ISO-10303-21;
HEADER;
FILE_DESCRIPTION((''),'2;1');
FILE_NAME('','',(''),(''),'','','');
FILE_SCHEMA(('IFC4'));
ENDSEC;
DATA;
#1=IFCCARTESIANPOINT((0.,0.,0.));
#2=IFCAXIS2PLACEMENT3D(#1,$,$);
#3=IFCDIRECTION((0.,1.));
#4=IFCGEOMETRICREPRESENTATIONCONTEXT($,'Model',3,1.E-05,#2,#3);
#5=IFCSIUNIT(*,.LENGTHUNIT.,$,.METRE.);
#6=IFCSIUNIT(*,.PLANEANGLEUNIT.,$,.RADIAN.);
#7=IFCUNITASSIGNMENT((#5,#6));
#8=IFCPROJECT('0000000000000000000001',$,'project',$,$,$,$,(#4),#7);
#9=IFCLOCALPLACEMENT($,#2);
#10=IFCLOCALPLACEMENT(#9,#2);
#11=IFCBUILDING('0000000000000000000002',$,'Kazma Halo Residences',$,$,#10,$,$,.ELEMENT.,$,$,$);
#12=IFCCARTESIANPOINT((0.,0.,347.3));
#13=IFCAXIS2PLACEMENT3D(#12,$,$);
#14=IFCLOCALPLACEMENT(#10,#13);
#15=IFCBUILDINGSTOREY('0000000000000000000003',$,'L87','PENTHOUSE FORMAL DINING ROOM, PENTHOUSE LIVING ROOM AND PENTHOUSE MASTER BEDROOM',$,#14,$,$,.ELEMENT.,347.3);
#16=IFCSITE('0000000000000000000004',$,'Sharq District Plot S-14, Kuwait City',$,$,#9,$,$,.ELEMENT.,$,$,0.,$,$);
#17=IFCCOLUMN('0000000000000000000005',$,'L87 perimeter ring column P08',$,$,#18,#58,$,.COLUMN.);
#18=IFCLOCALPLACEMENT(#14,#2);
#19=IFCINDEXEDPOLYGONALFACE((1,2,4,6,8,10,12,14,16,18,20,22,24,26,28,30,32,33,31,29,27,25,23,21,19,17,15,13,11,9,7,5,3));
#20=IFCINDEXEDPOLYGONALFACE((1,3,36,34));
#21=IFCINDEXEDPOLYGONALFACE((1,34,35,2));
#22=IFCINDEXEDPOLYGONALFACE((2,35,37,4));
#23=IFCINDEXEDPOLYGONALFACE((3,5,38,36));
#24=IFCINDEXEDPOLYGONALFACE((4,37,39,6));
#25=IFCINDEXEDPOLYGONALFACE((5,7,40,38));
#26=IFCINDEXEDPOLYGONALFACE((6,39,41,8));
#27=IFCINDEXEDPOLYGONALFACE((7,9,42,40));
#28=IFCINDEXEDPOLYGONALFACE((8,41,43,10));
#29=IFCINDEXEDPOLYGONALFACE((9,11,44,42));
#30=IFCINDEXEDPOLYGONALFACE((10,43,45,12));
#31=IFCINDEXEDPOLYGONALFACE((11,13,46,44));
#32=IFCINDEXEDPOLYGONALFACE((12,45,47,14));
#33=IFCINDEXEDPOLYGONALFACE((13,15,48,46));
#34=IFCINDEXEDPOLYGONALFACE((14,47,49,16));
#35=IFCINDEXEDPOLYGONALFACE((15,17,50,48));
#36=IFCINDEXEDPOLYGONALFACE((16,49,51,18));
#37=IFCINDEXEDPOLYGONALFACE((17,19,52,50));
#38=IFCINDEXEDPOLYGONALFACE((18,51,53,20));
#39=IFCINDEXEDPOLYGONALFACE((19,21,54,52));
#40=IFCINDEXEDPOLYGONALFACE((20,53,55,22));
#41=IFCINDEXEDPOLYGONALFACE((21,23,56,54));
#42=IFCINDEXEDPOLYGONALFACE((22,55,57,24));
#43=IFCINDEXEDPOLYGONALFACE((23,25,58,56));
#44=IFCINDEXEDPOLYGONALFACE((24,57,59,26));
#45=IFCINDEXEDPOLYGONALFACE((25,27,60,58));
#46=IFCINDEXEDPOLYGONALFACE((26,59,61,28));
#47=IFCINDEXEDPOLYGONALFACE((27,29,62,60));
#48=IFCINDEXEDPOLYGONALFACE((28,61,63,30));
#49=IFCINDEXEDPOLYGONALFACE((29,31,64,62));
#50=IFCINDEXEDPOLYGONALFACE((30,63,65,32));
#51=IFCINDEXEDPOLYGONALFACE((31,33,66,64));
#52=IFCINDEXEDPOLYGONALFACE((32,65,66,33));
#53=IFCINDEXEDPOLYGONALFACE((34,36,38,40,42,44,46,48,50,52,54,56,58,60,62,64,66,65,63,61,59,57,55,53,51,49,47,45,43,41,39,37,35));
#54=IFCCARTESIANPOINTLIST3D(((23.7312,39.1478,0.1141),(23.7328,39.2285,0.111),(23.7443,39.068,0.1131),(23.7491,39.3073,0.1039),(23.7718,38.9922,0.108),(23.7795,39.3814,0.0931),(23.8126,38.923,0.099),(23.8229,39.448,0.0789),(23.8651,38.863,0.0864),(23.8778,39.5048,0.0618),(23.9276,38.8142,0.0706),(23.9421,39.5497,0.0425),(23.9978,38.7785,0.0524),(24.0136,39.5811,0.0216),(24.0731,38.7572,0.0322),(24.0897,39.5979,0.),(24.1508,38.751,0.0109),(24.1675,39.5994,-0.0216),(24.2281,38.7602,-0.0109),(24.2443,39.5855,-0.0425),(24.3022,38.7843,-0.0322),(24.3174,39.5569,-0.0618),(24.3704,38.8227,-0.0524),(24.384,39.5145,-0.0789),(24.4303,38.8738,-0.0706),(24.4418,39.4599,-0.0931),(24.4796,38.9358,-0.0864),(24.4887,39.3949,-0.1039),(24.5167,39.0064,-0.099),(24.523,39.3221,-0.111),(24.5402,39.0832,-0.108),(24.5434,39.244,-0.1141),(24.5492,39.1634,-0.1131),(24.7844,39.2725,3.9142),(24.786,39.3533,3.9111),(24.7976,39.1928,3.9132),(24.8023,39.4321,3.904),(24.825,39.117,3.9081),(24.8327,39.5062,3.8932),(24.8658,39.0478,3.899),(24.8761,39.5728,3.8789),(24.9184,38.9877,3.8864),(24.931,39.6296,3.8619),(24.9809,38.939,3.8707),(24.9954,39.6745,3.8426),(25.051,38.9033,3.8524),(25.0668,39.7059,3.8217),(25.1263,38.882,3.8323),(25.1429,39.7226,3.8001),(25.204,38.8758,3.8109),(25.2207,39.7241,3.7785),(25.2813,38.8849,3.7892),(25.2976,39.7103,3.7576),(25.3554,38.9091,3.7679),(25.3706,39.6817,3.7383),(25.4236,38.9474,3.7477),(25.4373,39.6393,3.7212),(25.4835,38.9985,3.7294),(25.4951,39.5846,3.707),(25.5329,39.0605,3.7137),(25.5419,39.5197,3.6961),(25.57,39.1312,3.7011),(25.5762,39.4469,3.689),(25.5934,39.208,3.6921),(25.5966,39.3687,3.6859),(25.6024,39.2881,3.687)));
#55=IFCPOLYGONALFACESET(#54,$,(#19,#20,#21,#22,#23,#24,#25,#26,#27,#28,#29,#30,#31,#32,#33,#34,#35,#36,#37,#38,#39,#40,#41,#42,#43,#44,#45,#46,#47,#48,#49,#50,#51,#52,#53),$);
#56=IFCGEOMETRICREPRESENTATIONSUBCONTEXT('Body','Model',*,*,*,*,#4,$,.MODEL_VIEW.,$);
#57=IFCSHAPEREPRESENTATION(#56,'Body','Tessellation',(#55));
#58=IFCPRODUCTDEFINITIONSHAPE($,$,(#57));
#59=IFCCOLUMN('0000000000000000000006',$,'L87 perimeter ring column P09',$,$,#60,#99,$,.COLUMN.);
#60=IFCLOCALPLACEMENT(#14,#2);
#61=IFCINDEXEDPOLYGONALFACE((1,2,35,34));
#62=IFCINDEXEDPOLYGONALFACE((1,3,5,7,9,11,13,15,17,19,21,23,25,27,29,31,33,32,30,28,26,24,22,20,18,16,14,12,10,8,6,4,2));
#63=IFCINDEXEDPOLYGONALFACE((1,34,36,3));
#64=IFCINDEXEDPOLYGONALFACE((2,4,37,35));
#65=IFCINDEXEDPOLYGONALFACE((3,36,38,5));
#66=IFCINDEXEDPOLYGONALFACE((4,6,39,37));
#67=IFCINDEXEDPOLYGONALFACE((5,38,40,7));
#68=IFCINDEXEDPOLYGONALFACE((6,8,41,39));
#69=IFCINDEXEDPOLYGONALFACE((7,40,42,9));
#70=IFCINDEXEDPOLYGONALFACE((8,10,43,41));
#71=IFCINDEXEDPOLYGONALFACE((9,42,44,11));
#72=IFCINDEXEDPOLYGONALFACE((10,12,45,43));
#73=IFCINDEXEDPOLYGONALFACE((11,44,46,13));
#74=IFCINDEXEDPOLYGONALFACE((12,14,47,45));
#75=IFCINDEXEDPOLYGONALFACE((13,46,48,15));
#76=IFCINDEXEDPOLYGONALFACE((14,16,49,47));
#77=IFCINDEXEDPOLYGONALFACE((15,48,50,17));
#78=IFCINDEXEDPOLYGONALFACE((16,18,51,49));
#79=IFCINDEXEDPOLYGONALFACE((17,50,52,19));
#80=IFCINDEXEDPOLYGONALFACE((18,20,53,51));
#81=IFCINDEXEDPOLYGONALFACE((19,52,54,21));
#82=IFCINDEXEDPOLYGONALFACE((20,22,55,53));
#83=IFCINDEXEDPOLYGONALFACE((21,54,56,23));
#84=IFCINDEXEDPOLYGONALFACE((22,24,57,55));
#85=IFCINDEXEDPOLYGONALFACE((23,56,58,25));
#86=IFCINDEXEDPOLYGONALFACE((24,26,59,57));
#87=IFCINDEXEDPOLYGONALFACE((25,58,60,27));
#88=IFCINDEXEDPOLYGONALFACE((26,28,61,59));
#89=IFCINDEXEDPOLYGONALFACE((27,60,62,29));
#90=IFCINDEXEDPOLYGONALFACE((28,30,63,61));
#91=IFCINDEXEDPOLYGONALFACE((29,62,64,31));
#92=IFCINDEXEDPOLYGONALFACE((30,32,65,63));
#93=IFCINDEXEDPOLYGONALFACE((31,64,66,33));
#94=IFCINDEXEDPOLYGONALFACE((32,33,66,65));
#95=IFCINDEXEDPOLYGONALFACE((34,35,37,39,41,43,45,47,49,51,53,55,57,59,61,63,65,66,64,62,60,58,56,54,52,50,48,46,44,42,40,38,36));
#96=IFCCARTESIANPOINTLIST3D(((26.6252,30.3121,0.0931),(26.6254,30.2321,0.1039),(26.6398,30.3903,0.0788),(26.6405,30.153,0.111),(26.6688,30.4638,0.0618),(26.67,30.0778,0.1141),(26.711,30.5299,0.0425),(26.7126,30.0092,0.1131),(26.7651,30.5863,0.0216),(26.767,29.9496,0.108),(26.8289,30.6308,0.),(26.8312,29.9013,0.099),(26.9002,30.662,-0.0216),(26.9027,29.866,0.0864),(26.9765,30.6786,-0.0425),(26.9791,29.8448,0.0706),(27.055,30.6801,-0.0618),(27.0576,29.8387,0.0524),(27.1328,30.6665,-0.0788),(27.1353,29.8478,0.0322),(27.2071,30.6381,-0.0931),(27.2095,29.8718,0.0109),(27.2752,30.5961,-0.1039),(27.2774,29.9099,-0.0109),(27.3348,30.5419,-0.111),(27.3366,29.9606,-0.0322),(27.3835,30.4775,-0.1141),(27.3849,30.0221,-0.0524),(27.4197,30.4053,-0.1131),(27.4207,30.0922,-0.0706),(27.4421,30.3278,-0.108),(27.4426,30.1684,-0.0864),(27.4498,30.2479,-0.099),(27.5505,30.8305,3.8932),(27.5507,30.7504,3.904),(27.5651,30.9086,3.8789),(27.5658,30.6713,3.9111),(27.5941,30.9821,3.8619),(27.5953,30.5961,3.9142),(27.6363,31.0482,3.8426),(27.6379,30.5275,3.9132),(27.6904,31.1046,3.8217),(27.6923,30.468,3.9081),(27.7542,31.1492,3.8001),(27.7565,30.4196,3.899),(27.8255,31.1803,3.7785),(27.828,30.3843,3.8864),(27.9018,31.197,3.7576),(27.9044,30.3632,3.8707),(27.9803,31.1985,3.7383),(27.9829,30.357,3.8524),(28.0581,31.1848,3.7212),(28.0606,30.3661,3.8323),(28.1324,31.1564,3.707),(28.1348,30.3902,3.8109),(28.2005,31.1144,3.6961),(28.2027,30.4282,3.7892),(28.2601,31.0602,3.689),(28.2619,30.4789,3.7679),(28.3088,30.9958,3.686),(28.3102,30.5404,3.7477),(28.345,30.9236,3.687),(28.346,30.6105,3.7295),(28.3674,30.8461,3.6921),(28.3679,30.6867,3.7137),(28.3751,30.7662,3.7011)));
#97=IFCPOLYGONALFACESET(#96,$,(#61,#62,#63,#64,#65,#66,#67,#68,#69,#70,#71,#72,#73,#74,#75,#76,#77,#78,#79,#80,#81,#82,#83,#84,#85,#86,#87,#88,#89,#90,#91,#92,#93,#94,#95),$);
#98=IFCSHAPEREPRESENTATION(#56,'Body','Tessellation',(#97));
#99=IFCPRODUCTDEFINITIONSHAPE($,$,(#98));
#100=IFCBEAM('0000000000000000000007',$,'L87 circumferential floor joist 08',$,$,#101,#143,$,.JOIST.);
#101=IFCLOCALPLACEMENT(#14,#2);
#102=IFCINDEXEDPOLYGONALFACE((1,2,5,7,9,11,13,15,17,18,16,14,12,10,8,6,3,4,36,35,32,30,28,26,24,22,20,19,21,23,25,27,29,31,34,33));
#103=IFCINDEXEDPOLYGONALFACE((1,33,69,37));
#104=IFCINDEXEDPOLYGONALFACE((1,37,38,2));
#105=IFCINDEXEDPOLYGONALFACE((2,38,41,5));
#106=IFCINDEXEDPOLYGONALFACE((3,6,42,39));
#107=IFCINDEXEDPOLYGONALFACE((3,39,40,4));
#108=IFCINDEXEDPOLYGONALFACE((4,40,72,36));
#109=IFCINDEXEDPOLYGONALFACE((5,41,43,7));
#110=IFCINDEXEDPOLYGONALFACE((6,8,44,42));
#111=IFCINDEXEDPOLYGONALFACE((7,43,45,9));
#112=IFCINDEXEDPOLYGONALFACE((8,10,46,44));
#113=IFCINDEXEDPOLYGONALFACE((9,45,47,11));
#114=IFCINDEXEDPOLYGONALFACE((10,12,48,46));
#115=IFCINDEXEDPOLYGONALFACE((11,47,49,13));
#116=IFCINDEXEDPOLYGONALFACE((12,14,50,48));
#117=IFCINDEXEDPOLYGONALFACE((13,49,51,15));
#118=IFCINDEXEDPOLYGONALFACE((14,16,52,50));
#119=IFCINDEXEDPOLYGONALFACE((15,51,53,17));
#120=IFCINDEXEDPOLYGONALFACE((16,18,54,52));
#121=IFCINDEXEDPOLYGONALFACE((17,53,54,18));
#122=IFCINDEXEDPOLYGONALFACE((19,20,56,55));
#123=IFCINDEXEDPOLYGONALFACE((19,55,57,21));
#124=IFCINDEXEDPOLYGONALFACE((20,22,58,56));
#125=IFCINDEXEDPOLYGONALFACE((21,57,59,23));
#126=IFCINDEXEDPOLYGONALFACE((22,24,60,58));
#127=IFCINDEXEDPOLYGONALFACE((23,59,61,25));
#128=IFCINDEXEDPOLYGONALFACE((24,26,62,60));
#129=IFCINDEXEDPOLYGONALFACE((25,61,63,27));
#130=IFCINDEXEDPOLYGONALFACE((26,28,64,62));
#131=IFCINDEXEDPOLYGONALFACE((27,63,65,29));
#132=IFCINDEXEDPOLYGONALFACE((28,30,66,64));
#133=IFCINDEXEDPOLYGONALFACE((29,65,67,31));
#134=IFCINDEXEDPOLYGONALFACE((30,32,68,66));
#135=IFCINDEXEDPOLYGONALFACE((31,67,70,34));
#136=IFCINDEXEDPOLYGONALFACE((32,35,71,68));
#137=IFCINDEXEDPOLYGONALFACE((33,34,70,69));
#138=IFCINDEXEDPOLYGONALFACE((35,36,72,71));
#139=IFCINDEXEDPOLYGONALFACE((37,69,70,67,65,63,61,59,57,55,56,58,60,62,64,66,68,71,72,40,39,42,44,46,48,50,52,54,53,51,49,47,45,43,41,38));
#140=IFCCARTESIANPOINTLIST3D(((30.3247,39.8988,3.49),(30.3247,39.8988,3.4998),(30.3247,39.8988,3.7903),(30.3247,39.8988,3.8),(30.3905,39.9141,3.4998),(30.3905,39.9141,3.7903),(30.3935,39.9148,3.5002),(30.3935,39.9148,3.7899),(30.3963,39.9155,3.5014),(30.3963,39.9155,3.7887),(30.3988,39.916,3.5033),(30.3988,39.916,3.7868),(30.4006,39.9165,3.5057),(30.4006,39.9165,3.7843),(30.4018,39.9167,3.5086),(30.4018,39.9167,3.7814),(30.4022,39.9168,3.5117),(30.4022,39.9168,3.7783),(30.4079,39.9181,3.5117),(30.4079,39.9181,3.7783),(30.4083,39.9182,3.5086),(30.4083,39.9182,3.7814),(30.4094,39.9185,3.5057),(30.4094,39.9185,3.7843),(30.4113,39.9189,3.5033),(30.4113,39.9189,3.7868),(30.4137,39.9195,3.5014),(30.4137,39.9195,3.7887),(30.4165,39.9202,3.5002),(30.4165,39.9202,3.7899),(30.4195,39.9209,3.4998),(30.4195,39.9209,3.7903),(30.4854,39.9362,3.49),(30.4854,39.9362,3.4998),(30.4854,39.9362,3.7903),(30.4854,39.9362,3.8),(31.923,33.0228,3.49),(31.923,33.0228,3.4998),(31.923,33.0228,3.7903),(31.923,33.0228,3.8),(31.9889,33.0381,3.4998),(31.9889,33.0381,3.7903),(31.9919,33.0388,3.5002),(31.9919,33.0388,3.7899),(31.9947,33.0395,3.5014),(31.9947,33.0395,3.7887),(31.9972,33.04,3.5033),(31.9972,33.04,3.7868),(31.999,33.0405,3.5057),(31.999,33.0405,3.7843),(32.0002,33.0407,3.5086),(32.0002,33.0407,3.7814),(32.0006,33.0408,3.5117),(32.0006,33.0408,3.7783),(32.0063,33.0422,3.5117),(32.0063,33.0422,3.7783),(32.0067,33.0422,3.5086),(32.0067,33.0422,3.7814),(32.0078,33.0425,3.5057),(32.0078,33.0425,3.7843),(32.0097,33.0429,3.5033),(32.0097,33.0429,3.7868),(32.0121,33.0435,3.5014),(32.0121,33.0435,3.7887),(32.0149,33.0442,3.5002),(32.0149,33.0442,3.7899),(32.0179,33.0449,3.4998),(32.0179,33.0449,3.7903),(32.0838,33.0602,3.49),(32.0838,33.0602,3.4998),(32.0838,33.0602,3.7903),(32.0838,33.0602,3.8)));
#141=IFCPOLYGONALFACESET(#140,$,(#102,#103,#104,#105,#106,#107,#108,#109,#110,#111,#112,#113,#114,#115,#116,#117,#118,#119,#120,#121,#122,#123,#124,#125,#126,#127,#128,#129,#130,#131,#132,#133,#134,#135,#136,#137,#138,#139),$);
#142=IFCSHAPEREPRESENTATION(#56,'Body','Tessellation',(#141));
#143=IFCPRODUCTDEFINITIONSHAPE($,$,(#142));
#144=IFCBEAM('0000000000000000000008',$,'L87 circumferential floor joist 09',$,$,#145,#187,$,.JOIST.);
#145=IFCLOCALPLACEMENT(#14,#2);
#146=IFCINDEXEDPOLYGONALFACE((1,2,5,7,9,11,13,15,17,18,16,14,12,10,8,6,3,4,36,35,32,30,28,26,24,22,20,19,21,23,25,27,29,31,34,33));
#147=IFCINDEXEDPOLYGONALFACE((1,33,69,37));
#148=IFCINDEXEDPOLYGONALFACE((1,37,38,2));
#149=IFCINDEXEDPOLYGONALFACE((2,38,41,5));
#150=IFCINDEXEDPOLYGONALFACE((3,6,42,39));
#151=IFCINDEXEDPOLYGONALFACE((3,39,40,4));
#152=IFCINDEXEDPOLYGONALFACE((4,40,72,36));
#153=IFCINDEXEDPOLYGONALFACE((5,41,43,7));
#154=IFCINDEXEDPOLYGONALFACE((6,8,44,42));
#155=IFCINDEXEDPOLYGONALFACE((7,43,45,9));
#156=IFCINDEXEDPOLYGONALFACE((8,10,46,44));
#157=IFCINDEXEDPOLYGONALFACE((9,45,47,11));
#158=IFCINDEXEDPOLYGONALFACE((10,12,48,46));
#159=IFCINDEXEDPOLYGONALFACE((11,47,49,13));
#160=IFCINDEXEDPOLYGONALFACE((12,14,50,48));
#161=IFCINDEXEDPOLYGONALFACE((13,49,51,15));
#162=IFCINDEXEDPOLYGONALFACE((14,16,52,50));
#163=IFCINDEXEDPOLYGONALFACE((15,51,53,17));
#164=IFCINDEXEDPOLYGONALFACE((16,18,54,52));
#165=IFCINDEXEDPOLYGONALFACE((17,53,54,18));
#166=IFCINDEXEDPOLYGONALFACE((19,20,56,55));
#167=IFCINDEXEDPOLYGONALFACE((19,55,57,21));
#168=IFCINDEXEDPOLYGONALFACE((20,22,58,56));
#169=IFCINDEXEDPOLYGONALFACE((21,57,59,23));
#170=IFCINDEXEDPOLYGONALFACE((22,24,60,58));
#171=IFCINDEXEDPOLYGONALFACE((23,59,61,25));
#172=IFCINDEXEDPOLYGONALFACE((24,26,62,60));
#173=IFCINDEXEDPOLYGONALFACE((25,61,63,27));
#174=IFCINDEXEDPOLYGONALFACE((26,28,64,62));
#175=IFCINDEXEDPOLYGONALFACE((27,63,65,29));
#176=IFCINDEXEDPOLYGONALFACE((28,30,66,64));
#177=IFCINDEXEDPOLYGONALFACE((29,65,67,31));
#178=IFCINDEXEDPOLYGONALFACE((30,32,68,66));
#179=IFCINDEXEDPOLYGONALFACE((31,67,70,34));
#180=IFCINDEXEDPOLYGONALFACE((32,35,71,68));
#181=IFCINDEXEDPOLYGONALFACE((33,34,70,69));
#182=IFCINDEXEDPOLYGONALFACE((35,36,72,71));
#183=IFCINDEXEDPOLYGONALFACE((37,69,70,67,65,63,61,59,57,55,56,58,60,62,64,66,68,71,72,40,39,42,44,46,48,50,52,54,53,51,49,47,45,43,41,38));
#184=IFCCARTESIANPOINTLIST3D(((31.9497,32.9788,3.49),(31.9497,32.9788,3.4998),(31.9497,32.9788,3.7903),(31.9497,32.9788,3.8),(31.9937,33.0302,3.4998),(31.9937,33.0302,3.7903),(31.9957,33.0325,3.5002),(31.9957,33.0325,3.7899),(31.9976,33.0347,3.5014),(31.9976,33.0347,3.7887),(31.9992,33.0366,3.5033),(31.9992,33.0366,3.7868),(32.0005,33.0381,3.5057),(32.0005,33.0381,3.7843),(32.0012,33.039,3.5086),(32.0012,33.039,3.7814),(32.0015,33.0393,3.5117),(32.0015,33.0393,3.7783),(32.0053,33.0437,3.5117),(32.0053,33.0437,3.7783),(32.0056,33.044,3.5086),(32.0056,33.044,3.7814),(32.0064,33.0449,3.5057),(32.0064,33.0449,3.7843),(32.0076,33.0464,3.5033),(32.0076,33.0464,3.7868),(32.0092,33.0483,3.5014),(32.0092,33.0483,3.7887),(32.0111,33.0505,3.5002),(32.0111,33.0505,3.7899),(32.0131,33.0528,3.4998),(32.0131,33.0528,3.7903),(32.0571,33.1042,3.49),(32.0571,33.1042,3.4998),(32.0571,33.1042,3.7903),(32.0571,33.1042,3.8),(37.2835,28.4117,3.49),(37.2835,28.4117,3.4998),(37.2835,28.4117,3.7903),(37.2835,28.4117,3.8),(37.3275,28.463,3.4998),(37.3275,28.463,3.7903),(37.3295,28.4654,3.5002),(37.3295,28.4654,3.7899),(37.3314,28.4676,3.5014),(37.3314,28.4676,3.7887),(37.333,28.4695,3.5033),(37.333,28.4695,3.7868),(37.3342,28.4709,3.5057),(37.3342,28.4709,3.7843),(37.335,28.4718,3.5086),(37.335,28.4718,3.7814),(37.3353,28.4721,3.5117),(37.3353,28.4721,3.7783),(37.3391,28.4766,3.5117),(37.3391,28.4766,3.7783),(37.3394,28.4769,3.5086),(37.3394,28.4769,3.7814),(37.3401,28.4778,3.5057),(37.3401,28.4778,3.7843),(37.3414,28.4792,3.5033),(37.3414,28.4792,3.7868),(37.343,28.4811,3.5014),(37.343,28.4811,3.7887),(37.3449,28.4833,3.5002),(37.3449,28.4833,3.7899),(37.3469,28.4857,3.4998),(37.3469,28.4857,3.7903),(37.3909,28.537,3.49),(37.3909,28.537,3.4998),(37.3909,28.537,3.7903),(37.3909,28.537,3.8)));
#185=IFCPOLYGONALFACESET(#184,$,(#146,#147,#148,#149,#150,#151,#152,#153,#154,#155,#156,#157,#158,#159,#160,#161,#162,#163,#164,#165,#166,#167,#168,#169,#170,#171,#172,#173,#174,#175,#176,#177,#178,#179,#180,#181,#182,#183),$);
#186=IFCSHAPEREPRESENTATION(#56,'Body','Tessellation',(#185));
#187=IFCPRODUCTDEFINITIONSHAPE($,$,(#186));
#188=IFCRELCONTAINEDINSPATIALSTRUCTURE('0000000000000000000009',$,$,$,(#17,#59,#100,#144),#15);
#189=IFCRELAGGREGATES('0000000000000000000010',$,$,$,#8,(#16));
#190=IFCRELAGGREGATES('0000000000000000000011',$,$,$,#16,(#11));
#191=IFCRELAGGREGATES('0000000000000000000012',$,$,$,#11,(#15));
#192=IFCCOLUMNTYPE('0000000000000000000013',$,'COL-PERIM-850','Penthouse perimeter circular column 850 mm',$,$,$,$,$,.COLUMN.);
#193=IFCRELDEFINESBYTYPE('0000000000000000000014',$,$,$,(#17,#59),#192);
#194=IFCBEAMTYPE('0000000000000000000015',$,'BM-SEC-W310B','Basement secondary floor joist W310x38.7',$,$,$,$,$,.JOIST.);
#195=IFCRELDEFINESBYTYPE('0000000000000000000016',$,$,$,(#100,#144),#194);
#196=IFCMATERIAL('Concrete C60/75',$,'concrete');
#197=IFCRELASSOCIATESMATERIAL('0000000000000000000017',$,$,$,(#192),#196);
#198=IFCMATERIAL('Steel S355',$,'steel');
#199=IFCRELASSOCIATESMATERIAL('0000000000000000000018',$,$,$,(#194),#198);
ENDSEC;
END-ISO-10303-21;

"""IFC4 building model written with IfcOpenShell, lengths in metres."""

from ifc_helpers import new_model, si_unit, direction, frame, origin, origin_2d, place, context, subcontext, project, spatial, circle, i_section, extrude, material, material_profile, profile_set, type_object, element, save


model = new_model("IFC4")

# Units and contexts
model_context = context("Model", 3, precision=1e-05, world=origin(), true_north=direction((0.0, 1.0)))
body_context = subcontext(model_context, "Body", "Model", "MODEL_VIEW")
ifc_project = project(units=[si_unit("LENGTHUNIT", "METRE"), si_unit("PLANEANGLEUNIT", "RADIAN")], contexts=[model_context])

# Site, building, storey
site_placement = place(None, origin())
site = spatial("IfcSite", under=ifc_project, at=site_placement, Name="Sharq District Plot S-14, Kuwait City", CompositionType="ELEMENT", RefElevation=0.0)
building_placement = place(site_placement, origin())
building = spatial("IfcBuilding", under=site, at=building_placement, Name="Kazma Halo Residences", CompositionType="ELEMENT")
storey_placement = place(building_placement, frame((0.0, 0.0, 347.3)))
storey = spatial("IfcBuildingStorey", under=building, at=storey_placement, Name="L87", Description="PENTHOUSE FORMAL DINING ROOM, PENTHOUSE LIVING ROOM AND PENTHOUSE MASTER BEDROOM", CompositionType="ELEMENT", Elevation=347.3)

# Columns
ifc_material_1 = material(Name="Concrete C60/75", Category="concrete")
ifc_material_profile_1 = material_profile(ifc_material_1, circle(Radius=0.425, at=origin_2d()), Name="CIRC850")
ifc_profile_set_1 = profile_set([ifc_material_profile_1], Name="Concrete C60/75")
column_type = type_object("IfcColumnType", Name="COL-PERIM-850", Description="Penthouse perimeter circular column 850 mm", PredefinedType="COLUMN", material=ifc_profile_set_1)
for number, where, z_axis, x_axis, name in (
    (1, (24.1396, 39.1758, 0.0), (0.266958, 0.031622, 0.963189), (-0.117629, 0.993058, 0.0), "L87 perimeter ring column P08"),
    (2, (27.0366, 30.26, 0.0), (0.234532, 0.131375, 0.96319), (-0.488709, 0.872447, 0.0), "L87 perimeter ring column P09"),
):
    element("IfcColumn", number, at=place(storey_placement, frame(where, z_axis=z_axis, x_axis=x_axis)), inside=storey, type_object=column_type, Name=name, PredefinedType="COLUMN", context=body_context, shape_type="SweptSolid", body=[
        extrude(circle(Radius=0.425, at=origin_2d()), origin(), (0.0, 0.0, 1.0), 3.9453),
    ])

# Beams
ifc_material_2 = material(Name="Steel S355", Category="steel")
ifc_material_profile_2 = material_profile(ifc_material_2, i_section(OverallWidth=0.165, OverallDepth=0.3101, WebThickness=0.0059, FlangeThickness=0.0098, FilletRadius=0.012, at=origin_2d()), Name="W310x38.7")
ifc_profile_set_2 = profile_set([ifc_material_profile_2], Name="Steel S355")
beam_type_1 = type_object("IfcBeamType", Name="BM-SEC-W310B", Description="Basement secondary floor joist W310x38.7", PredefinedType="JOIST", material=ifc_profile_set_2)
beam_1_placement = place(storey_placement, frame((30.405, 39.9175, 3.645), z_axis=(0.226423, -0.974029, 0.0), x_axis=(0.974029, 0.226423, 0.0)))
element("IfcBeam", 3, at=beam_1_placement, inside=storey, type_object=beam_type_1, Name="L87 circumferential floor joist 08", PredefinedType="JOIST", context=body_context, shape_type="SweptSolid", body=[
    extrude(i_section(OverallWidth=0.165, OverallDepth=0.3101, WebThickness=0.0059, FlangeThickness=0.0098, FilletRadius=0.012, at=origin_2d()), origin(), (0.0, 0.0, 1.0), 7.0593),
])
beam_2_placement = place(storey_placement, frame((32.0034, 33.0415, 3.645), z_axis=(0.759583, -0.65041, 0.0), x_axis=(0.65041, 0.759583, 0.0)))
element("IfcBeam", 4, at=beam_2_placement, inside=storey, type_object=beam_type_1, Name="L87 circumferential floor joist 09", PredefinedType="JOIST", context=body_context, shape_type="SweptSolid", body=[
    extrude(i_section(OverallWidth=0.165, OverallDepth=0.3101, WebThickness=0.0059, FlangeThickness=0.0098, FilletRadius=0.012, at=origin_2d()), origin(), (0.0, 0.0, 1.0), 7.022),
])

save(model, "model.ifc")
